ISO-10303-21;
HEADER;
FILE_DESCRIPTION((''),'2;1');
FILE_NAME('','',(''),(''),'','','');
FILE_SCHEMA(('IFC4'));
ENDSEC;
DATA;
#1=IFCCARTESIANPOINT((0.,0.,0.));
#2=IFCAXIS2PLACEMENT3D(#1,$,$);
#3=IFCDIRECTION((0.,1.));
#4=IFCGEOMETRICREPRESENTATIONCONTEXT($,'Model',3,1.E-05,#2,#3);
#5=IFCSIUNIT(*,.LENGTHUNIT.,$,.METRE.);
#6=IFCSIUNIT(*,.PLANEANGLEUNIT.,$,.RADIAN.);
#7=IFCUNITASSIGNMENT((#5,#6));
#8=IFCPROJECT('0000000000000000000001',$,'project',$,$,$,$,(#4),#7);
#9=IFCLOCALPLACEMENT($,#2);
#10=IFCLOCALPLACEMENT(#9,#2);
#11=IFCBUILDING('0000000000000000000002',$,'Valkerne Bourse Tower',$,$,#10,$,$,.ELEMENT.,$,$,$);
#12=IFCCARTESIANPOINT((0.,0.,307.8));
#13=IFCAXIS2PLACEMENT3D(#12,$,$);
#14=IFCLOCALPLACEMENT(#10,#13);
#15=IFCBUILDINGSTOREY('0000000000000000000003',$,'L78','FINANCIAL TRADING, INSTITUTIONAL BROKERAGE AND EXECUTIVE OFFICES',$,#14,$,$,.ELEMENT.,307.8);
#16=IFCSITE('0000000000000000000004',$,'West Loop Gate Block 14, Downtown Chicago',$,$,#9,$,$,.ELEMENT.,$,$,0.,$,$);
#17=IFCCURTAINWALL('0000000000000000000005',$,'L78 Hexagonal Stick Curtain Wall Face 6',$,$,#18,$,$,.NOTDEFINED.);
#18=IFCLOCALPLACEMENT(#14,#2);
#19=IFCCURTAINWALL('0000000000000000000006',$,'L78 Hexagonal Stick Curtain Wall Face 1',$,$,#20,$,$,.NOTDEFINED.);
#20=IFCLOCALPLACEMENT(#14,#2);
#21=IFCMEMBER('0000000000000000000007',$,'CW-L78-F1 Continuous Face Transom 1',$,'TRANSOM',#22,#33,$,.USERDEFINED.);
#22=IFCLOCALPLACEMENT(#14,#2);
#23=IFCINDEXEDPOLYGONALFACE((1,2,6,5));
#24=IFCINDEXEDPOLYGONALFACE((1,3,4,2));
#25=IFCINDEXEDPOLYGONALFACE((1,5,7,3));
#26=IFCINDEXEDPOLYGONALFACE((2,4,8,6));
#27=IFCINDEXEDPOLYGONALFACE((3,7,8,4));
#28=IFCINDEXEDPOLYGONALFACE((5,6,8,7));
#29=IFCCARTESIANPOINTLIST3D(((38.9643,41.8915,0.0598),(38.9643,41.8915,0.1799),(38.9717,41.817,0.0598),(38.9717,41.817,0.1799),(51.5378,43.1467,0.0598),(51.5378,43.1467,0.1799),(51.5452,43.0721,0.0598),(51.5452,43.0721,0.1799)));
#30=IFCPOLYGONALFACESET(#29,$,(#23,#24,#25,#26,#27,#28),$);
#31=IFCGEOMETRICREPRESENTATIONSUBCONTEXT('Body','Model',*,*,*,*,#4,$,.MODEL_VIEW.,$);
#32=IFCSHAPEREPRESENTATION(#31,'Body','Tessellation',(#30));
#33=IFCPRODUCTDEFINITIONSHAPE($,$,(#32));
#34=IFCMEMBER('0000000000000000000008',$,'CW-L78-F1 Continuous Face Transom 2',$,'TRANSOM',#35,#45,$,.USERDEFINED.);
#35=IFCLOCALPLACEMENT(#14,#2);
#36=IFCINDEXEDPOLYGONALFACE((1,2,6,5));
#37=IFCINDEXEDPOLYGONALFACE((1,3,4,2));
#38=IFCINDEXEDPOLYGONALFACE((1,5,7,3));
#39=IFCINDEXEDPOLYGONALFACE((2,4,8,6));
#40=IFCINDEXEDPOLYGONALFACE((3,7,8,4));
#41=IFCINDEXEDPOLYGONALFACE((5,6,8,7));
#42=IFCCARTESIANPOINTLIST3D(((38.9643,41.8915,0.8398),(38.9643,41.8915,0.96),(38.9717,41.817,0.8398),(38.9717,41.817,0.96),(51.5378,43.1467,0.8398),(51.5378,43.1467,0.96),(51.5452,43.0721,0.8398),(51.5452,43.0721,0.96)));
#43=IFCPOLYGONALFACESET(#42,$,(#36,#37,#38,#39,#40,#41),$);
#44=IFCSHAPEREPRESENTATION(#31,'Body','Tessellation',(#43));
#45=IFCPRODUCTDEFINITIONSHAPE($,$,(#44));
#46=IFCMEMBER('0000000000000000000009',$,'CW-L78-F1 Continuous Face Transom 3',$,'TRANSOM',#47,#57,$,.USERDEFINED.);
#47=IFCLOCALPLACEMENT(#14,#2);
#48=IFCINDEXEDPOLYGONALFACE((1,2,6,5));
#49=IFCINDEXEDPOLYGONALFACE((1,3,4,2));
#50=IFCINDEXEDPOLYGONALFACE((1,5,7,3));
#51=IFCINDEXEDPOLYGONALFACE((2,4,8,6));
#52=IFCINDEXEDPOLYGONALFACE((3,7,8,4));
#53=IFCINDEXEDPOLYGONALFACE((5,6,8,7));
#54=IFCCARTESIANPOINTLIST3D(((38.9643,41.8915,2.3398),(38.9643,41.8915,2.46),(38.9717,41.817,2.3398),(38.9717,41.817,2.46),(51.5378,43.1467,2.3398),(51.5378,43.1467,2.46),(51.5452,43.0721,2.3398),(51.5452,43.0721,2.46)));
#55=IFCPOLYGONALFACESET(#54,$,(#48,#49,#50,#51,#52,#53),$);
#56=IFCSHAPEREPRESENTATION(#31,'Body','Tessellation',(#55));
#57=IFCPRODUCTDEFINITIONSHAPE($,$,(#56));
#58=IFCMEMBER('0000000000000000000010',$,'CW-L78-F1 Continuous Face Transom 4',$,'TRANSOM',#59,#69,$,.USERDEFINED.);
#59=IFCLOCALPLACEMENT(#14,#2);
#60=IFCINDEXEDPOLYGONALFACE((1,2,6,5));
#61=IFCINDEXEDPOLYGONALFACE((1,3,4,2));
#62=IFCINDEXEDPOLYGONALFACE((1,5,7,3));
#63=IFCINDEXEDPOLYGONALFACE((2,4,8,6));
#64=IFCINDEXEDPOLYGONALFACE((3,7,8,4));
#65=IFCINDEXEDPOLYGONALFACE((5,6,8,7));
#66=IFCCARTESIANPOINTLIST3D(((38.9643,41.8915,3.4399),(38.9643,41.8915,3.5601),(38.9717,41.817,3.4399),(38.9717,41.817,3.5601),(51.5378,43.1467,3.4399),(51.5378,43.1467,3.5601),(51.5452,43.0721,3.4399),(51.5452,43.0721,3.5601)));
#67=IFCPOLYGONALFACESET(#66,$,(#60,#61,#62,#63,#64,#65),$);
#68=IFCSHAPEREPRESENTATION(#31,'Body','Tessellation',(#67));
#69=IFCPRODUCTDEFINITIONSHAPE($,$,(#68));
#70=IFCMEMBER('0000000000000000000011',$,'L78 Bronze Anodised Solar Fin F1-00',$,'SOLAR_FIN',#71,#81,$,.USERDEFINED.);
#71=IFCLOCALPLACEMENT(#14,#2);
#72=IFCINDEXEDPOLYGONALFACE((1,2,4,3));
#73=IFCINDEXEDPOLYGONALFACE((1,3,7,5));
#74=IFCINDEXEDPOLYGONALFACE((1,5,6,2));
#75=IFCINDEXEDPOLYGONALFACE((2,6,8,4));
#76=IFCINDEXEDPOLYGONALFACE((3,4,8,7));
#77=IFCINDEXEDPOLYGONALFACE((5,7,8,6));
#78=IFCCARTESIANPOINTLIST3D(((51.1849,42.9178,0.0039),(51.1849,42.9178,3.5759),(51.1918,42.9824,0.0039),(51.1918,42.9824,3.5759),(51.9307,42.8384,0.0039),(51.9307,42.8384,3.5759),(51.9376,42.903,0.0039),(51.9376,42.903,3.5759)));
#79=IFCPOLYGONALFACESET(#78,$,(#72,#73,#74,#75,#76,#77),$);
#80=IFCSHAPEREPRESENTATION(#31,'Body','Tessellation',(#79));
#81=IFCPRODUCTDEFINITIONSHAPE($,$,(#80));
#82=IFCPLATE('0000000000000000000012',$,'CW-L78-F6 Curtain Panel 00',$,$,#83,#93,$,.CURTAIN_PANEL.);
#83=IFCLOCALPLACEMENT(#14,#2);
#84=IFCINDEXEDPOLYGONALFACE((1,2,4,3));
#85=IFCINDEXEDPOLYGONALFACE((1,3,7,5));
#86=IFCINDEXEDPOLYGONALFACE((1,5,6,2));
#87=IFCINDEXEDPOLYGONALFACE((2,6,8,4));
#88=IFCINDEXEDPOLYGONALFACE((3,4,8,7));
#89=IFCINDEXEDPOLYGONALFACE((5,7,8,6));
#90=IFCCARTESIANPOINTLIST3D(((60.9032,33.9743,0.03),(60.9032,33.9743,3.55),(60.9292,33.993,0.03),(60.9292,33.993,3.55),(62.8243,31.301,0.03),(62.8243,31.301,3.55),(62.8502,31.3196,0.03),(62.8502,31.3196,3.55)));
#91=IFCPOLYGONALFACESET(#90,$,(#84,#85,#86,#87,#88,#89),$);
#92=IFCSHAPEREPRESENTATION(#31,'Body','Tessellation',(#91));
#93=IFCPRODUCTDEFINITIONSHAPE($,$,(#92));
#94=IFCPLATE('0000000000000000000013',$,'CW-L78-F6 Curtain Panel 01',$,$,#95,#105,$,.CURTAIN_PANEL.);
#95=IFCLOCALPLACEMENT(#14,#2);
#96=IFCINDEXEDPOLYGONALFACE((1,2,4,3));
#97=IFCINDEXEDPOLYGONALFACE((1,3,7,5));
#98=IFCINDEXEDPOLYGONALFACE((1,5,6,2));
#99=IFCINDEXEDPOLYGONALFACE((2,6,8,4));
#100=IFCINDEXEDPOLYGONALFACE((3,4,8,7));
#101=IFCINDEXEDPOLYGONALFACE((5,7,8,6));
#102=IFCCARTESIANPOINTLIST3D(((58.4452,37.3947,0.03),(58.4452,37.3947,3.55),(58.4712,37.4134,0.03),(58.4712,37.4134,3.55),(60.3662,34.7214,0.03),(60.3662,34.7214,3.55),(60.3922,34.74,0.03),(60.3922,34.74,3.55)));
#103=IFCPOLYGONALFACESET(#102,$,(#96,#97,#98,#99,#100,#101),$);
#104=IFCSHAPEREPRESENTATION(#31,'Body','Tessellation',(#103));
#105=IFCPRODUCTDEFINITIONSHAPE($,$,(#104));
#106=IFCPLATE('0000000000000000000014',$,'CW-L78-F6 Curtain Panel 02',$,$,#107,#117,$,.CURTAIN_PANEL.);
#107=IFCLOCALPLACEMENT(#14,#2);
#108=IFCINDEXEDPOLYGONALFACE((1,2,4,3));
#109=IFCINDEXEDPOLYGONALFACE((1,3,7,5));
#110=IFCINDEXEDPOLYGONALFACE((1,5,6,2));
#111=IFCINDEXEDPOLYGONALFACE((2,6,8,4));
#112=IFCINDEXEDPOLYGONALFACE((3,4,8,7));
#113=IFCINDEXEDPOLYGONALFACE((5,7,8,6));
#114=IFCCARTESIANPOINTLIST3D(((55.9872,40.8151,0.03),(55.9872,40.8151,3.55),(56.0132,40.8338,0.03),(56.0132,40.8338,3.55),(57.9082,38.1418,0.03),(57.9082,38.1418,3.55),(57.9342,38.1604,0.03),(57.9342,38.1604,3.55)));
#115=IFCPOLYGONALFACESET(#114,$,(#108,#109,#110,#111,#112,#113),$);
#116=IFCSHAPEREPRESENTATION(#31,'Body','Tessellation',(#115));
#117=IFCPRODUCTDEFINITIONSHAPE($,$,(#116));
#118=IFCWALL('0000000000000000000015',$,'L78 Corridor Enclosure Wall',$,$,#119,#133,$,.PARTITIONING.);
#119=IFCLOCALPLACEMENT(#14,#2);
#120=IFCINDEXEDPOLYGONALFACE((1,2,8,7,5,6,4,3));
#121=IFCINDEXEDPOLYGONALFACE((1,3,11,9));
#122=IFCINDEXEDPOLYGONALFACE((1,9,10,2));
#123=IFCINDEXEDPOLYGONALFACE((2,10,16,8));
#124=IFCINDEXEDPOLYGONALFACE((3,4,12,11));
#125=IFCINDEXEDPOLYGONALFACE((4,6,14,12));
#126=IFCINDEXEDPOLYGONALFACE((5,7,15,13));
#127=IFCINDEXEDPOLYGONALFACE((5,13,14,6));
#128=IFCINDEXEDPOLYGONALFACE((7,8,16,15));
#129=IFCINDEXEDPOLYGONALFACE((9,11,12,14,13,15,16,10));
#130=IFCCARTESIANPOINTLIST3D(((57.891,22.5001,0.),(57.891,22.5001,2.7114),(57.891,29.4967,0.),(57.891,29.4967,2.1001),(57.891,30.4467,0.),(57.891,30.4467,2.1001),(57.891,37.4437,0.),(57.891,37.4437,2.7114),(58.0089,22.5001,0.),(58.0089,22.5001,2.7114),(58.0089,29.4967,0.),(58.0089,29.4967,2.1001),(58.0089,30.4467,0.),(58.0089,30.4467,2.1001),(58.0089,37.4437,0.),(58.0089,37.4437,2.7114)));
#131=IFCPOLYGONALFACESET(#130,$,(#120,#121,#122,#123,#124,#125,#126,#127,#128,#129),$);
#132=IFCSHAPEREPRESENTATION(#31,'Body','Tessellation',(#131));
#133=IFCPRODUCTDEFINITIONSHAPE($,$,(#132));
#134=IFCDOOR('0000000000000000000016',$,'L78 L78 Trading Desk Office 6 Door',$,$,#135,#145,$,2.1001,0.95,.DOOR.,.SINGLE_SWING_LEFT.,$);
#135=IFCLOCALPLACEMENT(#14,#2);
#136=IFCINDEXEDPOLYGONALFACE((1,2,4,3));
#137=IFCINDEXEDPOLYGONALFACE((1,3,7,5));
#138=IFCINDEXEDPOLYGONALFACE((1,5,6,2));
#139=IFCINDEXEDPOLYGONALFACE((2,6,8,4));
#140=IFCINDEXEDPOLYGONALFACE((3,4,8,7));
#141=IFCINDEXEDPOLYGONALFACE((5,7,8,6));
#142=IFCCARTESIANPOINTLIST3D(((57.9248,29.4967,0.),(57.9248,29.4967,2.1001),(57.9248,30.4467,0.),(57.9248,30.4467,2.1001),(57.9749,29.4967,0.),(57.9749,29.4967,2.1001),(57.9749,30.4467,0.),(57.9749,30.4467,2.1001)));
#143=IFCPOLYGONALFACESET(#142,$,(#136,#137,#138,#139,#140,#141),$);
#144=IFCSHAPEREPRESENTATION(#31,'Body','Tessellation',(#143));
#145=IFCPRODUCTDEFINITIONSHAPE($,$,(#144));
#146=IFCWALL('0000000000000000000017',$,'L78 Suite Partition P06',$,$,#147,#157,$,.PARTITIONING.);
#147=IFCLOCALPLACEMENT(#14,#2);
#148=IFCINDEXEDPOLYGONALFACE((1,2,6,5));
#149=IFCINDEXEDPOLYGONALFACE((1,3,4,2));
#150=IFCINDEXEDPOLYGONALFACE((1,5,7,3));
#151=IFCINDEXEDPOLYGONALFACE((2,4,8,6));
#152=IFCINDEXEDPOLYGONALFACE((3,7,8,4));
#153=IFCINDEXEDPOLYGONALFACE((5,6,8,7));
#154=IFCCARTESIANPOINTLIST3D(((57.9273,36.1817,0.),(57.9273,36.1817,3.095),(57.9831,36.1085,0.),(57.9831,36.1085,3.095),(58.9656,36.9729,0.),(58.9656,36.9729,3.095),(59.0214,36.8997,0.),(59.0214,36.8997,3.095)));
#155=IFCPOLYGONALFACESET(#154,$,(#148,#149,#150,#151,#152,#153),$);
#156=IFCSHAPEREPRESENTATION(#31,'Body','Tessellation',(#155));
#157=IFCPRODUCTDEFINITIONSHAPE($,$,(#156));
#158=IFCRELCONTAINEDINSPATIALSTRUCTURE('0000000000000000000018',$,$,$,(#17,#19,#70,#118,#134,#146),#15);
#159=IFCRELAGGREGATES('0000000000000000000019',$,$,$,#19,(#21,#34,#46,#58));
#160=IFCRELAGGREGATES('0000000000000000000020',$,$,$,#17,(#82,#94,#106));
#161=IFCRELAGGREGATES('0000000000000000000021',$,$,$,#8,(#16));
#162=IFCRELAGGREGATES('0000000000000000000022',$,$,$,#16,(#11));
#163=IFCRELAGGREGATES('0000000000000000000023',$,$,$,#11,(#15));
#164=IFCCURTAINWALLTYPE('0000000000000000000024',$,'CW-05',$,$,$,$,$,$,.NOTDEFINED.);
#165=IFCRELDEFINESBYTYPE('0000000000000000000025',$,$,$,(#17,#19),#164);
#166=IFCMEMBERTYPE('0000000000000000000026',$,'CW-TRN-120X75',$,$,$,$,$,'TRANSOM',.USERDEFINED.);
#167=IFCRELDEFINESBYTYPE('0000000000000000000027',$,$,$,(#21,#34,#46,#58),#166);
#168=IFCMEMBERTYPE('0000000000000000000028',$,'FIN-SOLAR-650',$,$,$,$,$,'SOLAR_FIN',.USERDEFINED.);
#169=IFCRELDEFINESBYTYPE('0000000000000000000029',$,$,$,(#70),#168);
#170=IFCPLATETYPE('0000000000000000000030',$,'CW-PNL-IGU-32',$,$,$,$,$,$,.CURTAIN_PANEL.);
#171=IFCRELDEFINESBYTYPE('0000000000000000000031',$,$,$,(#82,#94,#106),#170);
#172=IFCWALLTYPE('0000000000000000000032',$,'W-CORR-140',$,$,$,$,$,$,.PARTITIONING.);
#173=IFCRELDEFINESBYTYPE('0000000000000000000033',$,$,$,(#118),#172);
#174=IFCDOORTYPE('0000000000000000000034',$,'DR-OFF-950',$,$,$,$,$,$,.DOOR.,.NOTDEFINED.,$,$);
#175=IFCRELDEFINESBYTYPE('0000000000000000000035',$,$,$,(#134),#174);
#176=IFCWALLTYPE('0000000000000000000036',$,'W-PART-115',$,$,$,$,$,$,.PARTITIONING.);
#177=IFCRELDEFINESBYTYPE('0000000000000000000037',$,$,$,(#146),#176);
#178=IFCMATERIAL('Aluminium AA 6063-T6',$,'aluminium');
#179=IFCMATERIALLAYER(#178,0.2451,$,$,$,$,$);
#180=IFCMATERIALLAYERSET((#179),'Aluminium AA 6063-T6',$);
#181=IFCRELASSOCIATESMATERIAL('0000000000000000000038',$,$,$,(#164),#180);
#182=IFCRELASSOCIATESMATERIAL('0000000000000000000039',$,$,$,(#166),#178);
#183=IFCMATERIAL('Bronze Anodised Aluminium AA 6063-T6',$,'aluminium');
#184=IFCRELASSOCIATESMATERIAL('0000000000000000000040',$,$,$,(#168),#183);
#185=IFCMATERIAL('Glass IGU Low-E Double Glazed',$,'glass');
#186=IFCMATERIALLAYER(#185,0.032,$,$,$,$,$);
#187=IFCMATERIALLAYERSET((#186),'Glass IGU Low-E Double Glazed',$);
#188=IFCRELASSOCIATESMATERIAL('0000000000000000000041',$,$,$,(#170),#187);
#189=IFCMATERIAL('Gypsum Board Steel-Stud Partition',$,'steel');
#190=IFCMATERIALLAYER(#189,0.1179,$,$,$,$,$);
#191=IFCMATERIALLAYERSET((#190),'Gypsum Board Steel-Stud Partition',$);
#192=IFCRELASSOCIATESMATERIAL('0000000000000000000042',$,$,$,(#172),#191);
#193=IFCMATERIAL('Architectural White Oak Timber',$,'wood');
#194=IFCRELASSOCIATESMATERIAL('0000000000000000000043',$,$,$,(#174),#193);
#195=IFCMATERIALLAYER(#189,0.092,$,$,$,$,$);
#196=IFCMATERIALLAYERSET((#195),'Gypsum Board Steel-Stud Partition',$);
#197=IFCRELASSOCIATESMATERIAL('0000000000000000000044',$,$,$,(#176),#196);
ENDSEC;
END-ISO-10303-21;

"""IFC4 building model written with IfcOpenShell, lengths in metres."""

from ifc_helpers import new_model, si_unit, direction, frame, frame_2d, origin, origin_2d, place, context, subcontext, project, spatial, rectangle, extrude, material, layer, layer_set, material_profile, profile_set, type_object, element, fill, aggregate, save


model = new_model("IFC4")

# Units and contexts
model_context = context("Model", 3, precision=1e-05, world=origin(), true_north=direction((0.0, 1.0)))
body_context = subcontext(model_context, "Body", "Model", "MODEL_VIEW")
ifc_project = project(units=[si_unit("LENGTHUNIT", "METRE"), si_unit("PLANEANGLEUNIT", "RADIAN")], contexts=[model_context])

# Site, building, storey
site_placement = place(None, origin())
site = spatial("IfcSite", under=ifc_project, at=site_placement, Name="West Loop Gate Block 14, Downtown Chicago", CompositionType="ELEMENT", RefElevation=0.0)
building_placement = place(site_placement, origin())
building = spatial("IfcBuilding", under=site, at=building_placement, Name="Valkerne Bourse Tower", CompositionType="ELEMENT")
storey_placement = place(building_placement, frame((0.0, 0.0, 307.8)))
storey = spatial("IfcBuildingStorey", under=building, at=storey_placement, Name="L78", Description="FINANCIAL TRADING, INSTITUTIONAL BROKERAGE AND EXECUTIVE OFFICES", CompositionType="ELEMENT", Elevation=307.8)

# Curtain walls, members
ifc_material_1 = material(Name="Aluminium AA 6063-T6", Category="aluminium")
ifc_layer_1 = layer(ifc_material_1, 0.2451)
ifc_layer_set_1 = layer_set([ifc_layer_1], Name="Aluminium AA 6063-T6")
curtain_wall_type = type_object("IfcCurtainWallType", Name="CW-05", PredefinedType="NOTDEFINED", material=ifc_layer_set_1)
curtain_wall_1_placement = place(storey_placement, origin())
curtain_wall_1 = element("IfcCurtainWall", 1, at=curtain_wall_1_placement, inside=storey, type_object=curtain_wall_type, Name="L78 Hexagonal Stick Curtain Wall Face 6", PredefinedType="NOTDEFINED")
curtain_wall_2_placement = place(storey_placement, origin())
curtain_wall_2 = element("IfcCurtainWall", 2, at=curtain_wall_2_placement, inside=storey, type_object=curtain_wall_type, Name="L78 Hexagonal Stick Curtain Wall Face 1", PredefinedType="NOTDEFINED")
ifc_material_profile_1 = material_profile(ifc_material_1, rectangle(XDim=0.075, YDim=0.1201, at=origin_2d()), Name="CWT-75X120")
ifc_profile_set_1 = profile_set([ifc_material_profile_1], Name="Aluminium AA 6063-T6")
member_type_1 = type_object("IfcMemberType", Name="CW-TRN-120X75", ElementType="TRANSOM", PredefinedType="USERDEFINED", material=ifc_profile_set_1)
member_1_placement = place(storey_placement, frame((51.5415, 43.1094, 0.1199), z_axis=(-0.995055, -0.09933, 0.0), x_axis=(0.09933, -0.995055, 0.0)))
member_1 = element("IfcMember", 3, at=member_1_placement, type_object=member_type_1, Name="CW-L78-F1 Continuous Face Transom 1", ObjectType="TRANSOM", PredefinedType="USERDEFINED", context=body_context, shape_type="SweptSolid", body=[
    extrude(rectangle(XDim=0.075, YDim=0.1201, at=origin_2d()), origin(), (0.0, 0.0, 1.0), 12.636),
])
member_2_placement = place(storey_placement, frame((51.5415, 43.1094, 0.8999), z_axis=(-0.995055, -0.09933, 0.0), x_axis=(0.09933, -0.995055, 0.0)))
member_2 = element("IfcMember", 4, at=member_2_placement, type_object=member_type_1, Name="CW-L78-F1 Continuous Face Transom 2", ObjectType="TRANSOM", PredefinedType="USERDEFINED", context=body_context, shape_type="SweptSolid", body=[
    extrude(rectangle(XDim=0.075, YDim=0.1201, at=origin_2d()), origin(), (0.0, 0.0, 1.0), 12.636),
])
member_3_placement = place(storey_placement, frame((51.5415, 43.1094, 2.3999), z_axis=(-0.995055, -0.09933, 0.0), x_axis=(0.09933, -0.995055, 0.0)))
member_3 = element("IfcMember", 5, at=member_3_placement, type_object=member_type_1, Name="CW-L78-F1 Continuous Face Transom 3", ObjectType="TRANSOM", PredefinedType="USERDEFINED", context=body_context, shape_type="SweptSolid", body=[
    extrude(rectangle(XDim=0.075, YDim=0.1201, at=origin_2d()), origin(), (0.0, 0.0, 1.0), 12.636),
])
member_4_placement = place(storey_placement, frame((51.5415, 43.1094, 3.5), z_axis=(-0.995055, -0.09933, 0.0), x_axis=(0.09933, -0.995055, 0.0)))
member_4 = element("IfcMember", 6, at=member_4_placement, type_object=member_type_1, Name="CW-L78-F1 Continuous Face Transom 4", ObjectType="TRANSOM", PredefinedType="USERDEFINED", context=body_context, shape_type="SweptSolid", body=[
    extrude(rectangle(XDim=0.075, YDim=0.1201, at=origin_2d()), origin(), (0.0, 0.0, 1.0), 12.636),
])
aggregate(curtain_wall_2, [member_1, member_2, member_3, member_4])

# Member
ifc_material_2 = material(Name="Bronze Anodised Aluminium AA 6063-T6", Category="aluminium")
ifc_material_profile_2 = material_profile(ifc_material_2, rectangle(XDim=0.0649, YDim=0.75, at=origin_2d()), Name="FIN-65X750")
ifc_profile_set_2 = profile_set([ifc_material_profile_2], Name="Bronze Anodised Aluminium AA 6063-T6")
member_type_2 = type_object("IfcMemberType", Name="FIN-SOLAR-650", ElementType="SOLAR_FIN", PredefinedType="USERDEFINED", material=ifc_profile_set_2)
member_5_placement = place(storey_placement, frame((51.5613, 42.9104, 0.0039), z_axis=(0.0, 0.0, 1.0), x_axis=(0.105944, 0.994372, 0.0)))
element("IfcMember", 7, at=member_5_placement, inside=storey, type_object=member_type_2, Name="L78 Bronze Anodised Solar Fin F1-00", ObjectType="SOLAR_FIN", PredefinedType="USERDEFINED", context=body_context, shape_type="SweptSolid", body=[
    extrude(rectangle(XDim=0.0649, YDim=0.75, at=origin_2d()), origin(), (0.0, 0.0, 1.0), 3.572),
])

# Plates
ifc_material_3 = material(Name="Glass IGU Low-E Double Glazed", Category="glass")
ifc_layer_2 = layer(ifc_material_3, 0.032)
ifc_layer_set_2 = layer_set([ifc_layer_2], Name="Glass IGU Low-E Double Glazed")
plate_type = type_object("IfcPlateType", Name="CW-PNL-IGU-32", PredefinedType="CURTAIN_PANEL", material=ifc_layer_set_2)
plate_1_placement = place(storey_placement, frame((61.8767, 32.647, 0.03), z_axis=(0.0, 0.0, 1.0), x_axis=(-0.583556, 0.812073, 0.0)))
plate_1 = element("IfcPlate", 8, at=plate_1_placement, type_object=plate_type, Name="CW-L78-F6 Curtain Panel 00", PredefinedType="CURTAIN_PANEL", context=body_context, shape_type="SweptSolid", body=[
    extrude(rectangle(XDim=3.292, YDim=0.032, at=origin_2d()), origin(), (0.0, 0.0, 1.0), 3.52),
])
plate_2_placement = place(storey_placement, frame((59.4187, 36.0674, 0.03), z_axis=(0.0, 0.0, 1.0), x_axis=(-0.583545, 0.812081, 0.0)))
plate_2 = element("IfcPlate", 9, at=plate_2_placement, type_object=plate_type, Name="CW-L78-F6 Curtain Panel 01", PredefinedType="CURTAIN_PANEL", context=body_context, shape_type="SweptSolid", body=[
    extrude(rectangle(XDim=3.292, YDim=0.032, at=origin_2d()), origin(), (0.0, 0.0, 1.0), 3.52),
])
plate_3_placement = place(storey_placement, frame((56.9607, 39.4878, 0.03), z_axis=(0.0, 0.0, 1.0), x_axis=(-0.583545, 0.812081, 0.0)))
plate_3 = element("IfcPlate", 10, at=plate_3_placement, type_object=plate_type, Name="CW-L78-F6 Curtain Panel 02", PredefinedType="CURTAIN_PANEL", context=body_context, shape_type="SweptSolid", body=[
    extrude(rectangle(XDim=3.292, YDim=0.032, at=origin_2d()), origin(), (0.0, 0.0, 1.0), 3.52),
])
aggregate(curtain_wall_1, [plate_1, plate_2, plate_3])

# Wall, opening, door
ifc_material_4 = material(Name="Gypsum Board Steel-Stud Partition", Category="steel")
ifc_layer_3 = layer(ifc_material_4, 0.1179)
ifc_layer_set_3 = layer_set([ifc_layer_3], Name="Gypsum Board Steel-Stud Partition")
wall_type_1 = type_object("IfcWallType", Name="W-CORR-140", PredefinedType="PARTITIONING", material=ifc_layer_set_3)
wall_1_placement = place(storey_placement, frame((57.95, 37.4436, 0.0), z_axis=(0.0, 0.0, 1.0), x_axis=(0.0, -1.0, 0.0)))
wall_1 = element("IfcWall", 11, at=wall_1_placement, inside=storey, type_object=wall_type_1, Name="L78 Corridor Enclosure Wall", PredefinedType="PARTITIONING", context=body_context, shape_type="SweptSolid", body=[
    extrude(rectangle(XDim=14.9436, YDim=0.1179, at=frame_2d((7.4717, 0.0))), origin(), (0.0, 0.0, 1.0), 2.7114),
])
opening_placement = place(wall_1_placement, frame((6.9968, 0.0, 0.0)))
opening = element("IfcOpeningElement", 12, at=opening_placement, cuts=wall_1, PredefinedType="OPENING", context=body_context, shape_type="SweptSolid", body=[
    extrude(rectangle(XDim=0.95, YDim=2.1001, at=frame_2d((0.4751, 1.05))), frame((0.0, 0.0688, 0.0), z_axis=(0.0, -1.0, 0.0), x_axis=(1.0, 0.0, 0.0)), (0.0, 0.0, 1.0), 0.1379),
])
ifc_material_5 = material(Name="Architectural White Oak Timber", Category="wood")
door_type = type_object("IfcDoorType", Name="DR-OFF-950", OperationType="NOTDEFINED", PredefinedType="DOOR", material=ifc_material_5)
door_placement = place(opening_placement, origin())
door = element("IfcDoor", 13, at=door_placement, inside=storey, type_object=door_type, Name="L78 L78 Trading Desk Office 6 Door", OperationType="SINGLE_SWING_LEFT", OverallHeight=2.1001, OverallWidth=0.95, PredefinedType="DOOR", context=body_context, shape_type="SweptSolid", body=[
    extrude(rectangle(XDim=0.95, YDim=2.1001, at=frame_2d((0.4751, 1.05))), frame((0.0, 0.0249, 0.0), z_axis=(0.0, -1.0, 0.0), x_axis=(1.0, 0.0, 0.0)), (0.0, 0.0, 1.0), 0.05),
])
fill(opening, door)

# Wall
ifc_layer_4 = layer(ifc_material_4, 0.092)
ifc_layer_set_4 = layer_set([ifc_layer_4], Name="Gypsum Board Steel-Stud Partition")
wall_type_2 = type_object("IfcWallType", Name="W-PART-115", PredefinedType="PARTITIONING", material=ifc_layer_set_4)
wall_2_placement = place(storey_placement, frame((57.9551, 36.145, 0.0), z_axis=(0.0, 0.0, 1.0), x_axis=(0.795376, 0.606116, 0.0)))
element("IfcWall", 14, at=wall_2_placement, inside=storey, type_object=wall_type_2, Name="L78 Suite Partition P06", PredefinedType="PARTITIONING", context=body_context, shape_type="SweptSolid", body=[
    extrude(rectangle(XDim=1.3054, YDim=0.092, at=frame_2d((0.6528, 0.0))), origin(), (0.0, 0.0, 1.0), 3.095),
])

save(model, "model.ifc")
